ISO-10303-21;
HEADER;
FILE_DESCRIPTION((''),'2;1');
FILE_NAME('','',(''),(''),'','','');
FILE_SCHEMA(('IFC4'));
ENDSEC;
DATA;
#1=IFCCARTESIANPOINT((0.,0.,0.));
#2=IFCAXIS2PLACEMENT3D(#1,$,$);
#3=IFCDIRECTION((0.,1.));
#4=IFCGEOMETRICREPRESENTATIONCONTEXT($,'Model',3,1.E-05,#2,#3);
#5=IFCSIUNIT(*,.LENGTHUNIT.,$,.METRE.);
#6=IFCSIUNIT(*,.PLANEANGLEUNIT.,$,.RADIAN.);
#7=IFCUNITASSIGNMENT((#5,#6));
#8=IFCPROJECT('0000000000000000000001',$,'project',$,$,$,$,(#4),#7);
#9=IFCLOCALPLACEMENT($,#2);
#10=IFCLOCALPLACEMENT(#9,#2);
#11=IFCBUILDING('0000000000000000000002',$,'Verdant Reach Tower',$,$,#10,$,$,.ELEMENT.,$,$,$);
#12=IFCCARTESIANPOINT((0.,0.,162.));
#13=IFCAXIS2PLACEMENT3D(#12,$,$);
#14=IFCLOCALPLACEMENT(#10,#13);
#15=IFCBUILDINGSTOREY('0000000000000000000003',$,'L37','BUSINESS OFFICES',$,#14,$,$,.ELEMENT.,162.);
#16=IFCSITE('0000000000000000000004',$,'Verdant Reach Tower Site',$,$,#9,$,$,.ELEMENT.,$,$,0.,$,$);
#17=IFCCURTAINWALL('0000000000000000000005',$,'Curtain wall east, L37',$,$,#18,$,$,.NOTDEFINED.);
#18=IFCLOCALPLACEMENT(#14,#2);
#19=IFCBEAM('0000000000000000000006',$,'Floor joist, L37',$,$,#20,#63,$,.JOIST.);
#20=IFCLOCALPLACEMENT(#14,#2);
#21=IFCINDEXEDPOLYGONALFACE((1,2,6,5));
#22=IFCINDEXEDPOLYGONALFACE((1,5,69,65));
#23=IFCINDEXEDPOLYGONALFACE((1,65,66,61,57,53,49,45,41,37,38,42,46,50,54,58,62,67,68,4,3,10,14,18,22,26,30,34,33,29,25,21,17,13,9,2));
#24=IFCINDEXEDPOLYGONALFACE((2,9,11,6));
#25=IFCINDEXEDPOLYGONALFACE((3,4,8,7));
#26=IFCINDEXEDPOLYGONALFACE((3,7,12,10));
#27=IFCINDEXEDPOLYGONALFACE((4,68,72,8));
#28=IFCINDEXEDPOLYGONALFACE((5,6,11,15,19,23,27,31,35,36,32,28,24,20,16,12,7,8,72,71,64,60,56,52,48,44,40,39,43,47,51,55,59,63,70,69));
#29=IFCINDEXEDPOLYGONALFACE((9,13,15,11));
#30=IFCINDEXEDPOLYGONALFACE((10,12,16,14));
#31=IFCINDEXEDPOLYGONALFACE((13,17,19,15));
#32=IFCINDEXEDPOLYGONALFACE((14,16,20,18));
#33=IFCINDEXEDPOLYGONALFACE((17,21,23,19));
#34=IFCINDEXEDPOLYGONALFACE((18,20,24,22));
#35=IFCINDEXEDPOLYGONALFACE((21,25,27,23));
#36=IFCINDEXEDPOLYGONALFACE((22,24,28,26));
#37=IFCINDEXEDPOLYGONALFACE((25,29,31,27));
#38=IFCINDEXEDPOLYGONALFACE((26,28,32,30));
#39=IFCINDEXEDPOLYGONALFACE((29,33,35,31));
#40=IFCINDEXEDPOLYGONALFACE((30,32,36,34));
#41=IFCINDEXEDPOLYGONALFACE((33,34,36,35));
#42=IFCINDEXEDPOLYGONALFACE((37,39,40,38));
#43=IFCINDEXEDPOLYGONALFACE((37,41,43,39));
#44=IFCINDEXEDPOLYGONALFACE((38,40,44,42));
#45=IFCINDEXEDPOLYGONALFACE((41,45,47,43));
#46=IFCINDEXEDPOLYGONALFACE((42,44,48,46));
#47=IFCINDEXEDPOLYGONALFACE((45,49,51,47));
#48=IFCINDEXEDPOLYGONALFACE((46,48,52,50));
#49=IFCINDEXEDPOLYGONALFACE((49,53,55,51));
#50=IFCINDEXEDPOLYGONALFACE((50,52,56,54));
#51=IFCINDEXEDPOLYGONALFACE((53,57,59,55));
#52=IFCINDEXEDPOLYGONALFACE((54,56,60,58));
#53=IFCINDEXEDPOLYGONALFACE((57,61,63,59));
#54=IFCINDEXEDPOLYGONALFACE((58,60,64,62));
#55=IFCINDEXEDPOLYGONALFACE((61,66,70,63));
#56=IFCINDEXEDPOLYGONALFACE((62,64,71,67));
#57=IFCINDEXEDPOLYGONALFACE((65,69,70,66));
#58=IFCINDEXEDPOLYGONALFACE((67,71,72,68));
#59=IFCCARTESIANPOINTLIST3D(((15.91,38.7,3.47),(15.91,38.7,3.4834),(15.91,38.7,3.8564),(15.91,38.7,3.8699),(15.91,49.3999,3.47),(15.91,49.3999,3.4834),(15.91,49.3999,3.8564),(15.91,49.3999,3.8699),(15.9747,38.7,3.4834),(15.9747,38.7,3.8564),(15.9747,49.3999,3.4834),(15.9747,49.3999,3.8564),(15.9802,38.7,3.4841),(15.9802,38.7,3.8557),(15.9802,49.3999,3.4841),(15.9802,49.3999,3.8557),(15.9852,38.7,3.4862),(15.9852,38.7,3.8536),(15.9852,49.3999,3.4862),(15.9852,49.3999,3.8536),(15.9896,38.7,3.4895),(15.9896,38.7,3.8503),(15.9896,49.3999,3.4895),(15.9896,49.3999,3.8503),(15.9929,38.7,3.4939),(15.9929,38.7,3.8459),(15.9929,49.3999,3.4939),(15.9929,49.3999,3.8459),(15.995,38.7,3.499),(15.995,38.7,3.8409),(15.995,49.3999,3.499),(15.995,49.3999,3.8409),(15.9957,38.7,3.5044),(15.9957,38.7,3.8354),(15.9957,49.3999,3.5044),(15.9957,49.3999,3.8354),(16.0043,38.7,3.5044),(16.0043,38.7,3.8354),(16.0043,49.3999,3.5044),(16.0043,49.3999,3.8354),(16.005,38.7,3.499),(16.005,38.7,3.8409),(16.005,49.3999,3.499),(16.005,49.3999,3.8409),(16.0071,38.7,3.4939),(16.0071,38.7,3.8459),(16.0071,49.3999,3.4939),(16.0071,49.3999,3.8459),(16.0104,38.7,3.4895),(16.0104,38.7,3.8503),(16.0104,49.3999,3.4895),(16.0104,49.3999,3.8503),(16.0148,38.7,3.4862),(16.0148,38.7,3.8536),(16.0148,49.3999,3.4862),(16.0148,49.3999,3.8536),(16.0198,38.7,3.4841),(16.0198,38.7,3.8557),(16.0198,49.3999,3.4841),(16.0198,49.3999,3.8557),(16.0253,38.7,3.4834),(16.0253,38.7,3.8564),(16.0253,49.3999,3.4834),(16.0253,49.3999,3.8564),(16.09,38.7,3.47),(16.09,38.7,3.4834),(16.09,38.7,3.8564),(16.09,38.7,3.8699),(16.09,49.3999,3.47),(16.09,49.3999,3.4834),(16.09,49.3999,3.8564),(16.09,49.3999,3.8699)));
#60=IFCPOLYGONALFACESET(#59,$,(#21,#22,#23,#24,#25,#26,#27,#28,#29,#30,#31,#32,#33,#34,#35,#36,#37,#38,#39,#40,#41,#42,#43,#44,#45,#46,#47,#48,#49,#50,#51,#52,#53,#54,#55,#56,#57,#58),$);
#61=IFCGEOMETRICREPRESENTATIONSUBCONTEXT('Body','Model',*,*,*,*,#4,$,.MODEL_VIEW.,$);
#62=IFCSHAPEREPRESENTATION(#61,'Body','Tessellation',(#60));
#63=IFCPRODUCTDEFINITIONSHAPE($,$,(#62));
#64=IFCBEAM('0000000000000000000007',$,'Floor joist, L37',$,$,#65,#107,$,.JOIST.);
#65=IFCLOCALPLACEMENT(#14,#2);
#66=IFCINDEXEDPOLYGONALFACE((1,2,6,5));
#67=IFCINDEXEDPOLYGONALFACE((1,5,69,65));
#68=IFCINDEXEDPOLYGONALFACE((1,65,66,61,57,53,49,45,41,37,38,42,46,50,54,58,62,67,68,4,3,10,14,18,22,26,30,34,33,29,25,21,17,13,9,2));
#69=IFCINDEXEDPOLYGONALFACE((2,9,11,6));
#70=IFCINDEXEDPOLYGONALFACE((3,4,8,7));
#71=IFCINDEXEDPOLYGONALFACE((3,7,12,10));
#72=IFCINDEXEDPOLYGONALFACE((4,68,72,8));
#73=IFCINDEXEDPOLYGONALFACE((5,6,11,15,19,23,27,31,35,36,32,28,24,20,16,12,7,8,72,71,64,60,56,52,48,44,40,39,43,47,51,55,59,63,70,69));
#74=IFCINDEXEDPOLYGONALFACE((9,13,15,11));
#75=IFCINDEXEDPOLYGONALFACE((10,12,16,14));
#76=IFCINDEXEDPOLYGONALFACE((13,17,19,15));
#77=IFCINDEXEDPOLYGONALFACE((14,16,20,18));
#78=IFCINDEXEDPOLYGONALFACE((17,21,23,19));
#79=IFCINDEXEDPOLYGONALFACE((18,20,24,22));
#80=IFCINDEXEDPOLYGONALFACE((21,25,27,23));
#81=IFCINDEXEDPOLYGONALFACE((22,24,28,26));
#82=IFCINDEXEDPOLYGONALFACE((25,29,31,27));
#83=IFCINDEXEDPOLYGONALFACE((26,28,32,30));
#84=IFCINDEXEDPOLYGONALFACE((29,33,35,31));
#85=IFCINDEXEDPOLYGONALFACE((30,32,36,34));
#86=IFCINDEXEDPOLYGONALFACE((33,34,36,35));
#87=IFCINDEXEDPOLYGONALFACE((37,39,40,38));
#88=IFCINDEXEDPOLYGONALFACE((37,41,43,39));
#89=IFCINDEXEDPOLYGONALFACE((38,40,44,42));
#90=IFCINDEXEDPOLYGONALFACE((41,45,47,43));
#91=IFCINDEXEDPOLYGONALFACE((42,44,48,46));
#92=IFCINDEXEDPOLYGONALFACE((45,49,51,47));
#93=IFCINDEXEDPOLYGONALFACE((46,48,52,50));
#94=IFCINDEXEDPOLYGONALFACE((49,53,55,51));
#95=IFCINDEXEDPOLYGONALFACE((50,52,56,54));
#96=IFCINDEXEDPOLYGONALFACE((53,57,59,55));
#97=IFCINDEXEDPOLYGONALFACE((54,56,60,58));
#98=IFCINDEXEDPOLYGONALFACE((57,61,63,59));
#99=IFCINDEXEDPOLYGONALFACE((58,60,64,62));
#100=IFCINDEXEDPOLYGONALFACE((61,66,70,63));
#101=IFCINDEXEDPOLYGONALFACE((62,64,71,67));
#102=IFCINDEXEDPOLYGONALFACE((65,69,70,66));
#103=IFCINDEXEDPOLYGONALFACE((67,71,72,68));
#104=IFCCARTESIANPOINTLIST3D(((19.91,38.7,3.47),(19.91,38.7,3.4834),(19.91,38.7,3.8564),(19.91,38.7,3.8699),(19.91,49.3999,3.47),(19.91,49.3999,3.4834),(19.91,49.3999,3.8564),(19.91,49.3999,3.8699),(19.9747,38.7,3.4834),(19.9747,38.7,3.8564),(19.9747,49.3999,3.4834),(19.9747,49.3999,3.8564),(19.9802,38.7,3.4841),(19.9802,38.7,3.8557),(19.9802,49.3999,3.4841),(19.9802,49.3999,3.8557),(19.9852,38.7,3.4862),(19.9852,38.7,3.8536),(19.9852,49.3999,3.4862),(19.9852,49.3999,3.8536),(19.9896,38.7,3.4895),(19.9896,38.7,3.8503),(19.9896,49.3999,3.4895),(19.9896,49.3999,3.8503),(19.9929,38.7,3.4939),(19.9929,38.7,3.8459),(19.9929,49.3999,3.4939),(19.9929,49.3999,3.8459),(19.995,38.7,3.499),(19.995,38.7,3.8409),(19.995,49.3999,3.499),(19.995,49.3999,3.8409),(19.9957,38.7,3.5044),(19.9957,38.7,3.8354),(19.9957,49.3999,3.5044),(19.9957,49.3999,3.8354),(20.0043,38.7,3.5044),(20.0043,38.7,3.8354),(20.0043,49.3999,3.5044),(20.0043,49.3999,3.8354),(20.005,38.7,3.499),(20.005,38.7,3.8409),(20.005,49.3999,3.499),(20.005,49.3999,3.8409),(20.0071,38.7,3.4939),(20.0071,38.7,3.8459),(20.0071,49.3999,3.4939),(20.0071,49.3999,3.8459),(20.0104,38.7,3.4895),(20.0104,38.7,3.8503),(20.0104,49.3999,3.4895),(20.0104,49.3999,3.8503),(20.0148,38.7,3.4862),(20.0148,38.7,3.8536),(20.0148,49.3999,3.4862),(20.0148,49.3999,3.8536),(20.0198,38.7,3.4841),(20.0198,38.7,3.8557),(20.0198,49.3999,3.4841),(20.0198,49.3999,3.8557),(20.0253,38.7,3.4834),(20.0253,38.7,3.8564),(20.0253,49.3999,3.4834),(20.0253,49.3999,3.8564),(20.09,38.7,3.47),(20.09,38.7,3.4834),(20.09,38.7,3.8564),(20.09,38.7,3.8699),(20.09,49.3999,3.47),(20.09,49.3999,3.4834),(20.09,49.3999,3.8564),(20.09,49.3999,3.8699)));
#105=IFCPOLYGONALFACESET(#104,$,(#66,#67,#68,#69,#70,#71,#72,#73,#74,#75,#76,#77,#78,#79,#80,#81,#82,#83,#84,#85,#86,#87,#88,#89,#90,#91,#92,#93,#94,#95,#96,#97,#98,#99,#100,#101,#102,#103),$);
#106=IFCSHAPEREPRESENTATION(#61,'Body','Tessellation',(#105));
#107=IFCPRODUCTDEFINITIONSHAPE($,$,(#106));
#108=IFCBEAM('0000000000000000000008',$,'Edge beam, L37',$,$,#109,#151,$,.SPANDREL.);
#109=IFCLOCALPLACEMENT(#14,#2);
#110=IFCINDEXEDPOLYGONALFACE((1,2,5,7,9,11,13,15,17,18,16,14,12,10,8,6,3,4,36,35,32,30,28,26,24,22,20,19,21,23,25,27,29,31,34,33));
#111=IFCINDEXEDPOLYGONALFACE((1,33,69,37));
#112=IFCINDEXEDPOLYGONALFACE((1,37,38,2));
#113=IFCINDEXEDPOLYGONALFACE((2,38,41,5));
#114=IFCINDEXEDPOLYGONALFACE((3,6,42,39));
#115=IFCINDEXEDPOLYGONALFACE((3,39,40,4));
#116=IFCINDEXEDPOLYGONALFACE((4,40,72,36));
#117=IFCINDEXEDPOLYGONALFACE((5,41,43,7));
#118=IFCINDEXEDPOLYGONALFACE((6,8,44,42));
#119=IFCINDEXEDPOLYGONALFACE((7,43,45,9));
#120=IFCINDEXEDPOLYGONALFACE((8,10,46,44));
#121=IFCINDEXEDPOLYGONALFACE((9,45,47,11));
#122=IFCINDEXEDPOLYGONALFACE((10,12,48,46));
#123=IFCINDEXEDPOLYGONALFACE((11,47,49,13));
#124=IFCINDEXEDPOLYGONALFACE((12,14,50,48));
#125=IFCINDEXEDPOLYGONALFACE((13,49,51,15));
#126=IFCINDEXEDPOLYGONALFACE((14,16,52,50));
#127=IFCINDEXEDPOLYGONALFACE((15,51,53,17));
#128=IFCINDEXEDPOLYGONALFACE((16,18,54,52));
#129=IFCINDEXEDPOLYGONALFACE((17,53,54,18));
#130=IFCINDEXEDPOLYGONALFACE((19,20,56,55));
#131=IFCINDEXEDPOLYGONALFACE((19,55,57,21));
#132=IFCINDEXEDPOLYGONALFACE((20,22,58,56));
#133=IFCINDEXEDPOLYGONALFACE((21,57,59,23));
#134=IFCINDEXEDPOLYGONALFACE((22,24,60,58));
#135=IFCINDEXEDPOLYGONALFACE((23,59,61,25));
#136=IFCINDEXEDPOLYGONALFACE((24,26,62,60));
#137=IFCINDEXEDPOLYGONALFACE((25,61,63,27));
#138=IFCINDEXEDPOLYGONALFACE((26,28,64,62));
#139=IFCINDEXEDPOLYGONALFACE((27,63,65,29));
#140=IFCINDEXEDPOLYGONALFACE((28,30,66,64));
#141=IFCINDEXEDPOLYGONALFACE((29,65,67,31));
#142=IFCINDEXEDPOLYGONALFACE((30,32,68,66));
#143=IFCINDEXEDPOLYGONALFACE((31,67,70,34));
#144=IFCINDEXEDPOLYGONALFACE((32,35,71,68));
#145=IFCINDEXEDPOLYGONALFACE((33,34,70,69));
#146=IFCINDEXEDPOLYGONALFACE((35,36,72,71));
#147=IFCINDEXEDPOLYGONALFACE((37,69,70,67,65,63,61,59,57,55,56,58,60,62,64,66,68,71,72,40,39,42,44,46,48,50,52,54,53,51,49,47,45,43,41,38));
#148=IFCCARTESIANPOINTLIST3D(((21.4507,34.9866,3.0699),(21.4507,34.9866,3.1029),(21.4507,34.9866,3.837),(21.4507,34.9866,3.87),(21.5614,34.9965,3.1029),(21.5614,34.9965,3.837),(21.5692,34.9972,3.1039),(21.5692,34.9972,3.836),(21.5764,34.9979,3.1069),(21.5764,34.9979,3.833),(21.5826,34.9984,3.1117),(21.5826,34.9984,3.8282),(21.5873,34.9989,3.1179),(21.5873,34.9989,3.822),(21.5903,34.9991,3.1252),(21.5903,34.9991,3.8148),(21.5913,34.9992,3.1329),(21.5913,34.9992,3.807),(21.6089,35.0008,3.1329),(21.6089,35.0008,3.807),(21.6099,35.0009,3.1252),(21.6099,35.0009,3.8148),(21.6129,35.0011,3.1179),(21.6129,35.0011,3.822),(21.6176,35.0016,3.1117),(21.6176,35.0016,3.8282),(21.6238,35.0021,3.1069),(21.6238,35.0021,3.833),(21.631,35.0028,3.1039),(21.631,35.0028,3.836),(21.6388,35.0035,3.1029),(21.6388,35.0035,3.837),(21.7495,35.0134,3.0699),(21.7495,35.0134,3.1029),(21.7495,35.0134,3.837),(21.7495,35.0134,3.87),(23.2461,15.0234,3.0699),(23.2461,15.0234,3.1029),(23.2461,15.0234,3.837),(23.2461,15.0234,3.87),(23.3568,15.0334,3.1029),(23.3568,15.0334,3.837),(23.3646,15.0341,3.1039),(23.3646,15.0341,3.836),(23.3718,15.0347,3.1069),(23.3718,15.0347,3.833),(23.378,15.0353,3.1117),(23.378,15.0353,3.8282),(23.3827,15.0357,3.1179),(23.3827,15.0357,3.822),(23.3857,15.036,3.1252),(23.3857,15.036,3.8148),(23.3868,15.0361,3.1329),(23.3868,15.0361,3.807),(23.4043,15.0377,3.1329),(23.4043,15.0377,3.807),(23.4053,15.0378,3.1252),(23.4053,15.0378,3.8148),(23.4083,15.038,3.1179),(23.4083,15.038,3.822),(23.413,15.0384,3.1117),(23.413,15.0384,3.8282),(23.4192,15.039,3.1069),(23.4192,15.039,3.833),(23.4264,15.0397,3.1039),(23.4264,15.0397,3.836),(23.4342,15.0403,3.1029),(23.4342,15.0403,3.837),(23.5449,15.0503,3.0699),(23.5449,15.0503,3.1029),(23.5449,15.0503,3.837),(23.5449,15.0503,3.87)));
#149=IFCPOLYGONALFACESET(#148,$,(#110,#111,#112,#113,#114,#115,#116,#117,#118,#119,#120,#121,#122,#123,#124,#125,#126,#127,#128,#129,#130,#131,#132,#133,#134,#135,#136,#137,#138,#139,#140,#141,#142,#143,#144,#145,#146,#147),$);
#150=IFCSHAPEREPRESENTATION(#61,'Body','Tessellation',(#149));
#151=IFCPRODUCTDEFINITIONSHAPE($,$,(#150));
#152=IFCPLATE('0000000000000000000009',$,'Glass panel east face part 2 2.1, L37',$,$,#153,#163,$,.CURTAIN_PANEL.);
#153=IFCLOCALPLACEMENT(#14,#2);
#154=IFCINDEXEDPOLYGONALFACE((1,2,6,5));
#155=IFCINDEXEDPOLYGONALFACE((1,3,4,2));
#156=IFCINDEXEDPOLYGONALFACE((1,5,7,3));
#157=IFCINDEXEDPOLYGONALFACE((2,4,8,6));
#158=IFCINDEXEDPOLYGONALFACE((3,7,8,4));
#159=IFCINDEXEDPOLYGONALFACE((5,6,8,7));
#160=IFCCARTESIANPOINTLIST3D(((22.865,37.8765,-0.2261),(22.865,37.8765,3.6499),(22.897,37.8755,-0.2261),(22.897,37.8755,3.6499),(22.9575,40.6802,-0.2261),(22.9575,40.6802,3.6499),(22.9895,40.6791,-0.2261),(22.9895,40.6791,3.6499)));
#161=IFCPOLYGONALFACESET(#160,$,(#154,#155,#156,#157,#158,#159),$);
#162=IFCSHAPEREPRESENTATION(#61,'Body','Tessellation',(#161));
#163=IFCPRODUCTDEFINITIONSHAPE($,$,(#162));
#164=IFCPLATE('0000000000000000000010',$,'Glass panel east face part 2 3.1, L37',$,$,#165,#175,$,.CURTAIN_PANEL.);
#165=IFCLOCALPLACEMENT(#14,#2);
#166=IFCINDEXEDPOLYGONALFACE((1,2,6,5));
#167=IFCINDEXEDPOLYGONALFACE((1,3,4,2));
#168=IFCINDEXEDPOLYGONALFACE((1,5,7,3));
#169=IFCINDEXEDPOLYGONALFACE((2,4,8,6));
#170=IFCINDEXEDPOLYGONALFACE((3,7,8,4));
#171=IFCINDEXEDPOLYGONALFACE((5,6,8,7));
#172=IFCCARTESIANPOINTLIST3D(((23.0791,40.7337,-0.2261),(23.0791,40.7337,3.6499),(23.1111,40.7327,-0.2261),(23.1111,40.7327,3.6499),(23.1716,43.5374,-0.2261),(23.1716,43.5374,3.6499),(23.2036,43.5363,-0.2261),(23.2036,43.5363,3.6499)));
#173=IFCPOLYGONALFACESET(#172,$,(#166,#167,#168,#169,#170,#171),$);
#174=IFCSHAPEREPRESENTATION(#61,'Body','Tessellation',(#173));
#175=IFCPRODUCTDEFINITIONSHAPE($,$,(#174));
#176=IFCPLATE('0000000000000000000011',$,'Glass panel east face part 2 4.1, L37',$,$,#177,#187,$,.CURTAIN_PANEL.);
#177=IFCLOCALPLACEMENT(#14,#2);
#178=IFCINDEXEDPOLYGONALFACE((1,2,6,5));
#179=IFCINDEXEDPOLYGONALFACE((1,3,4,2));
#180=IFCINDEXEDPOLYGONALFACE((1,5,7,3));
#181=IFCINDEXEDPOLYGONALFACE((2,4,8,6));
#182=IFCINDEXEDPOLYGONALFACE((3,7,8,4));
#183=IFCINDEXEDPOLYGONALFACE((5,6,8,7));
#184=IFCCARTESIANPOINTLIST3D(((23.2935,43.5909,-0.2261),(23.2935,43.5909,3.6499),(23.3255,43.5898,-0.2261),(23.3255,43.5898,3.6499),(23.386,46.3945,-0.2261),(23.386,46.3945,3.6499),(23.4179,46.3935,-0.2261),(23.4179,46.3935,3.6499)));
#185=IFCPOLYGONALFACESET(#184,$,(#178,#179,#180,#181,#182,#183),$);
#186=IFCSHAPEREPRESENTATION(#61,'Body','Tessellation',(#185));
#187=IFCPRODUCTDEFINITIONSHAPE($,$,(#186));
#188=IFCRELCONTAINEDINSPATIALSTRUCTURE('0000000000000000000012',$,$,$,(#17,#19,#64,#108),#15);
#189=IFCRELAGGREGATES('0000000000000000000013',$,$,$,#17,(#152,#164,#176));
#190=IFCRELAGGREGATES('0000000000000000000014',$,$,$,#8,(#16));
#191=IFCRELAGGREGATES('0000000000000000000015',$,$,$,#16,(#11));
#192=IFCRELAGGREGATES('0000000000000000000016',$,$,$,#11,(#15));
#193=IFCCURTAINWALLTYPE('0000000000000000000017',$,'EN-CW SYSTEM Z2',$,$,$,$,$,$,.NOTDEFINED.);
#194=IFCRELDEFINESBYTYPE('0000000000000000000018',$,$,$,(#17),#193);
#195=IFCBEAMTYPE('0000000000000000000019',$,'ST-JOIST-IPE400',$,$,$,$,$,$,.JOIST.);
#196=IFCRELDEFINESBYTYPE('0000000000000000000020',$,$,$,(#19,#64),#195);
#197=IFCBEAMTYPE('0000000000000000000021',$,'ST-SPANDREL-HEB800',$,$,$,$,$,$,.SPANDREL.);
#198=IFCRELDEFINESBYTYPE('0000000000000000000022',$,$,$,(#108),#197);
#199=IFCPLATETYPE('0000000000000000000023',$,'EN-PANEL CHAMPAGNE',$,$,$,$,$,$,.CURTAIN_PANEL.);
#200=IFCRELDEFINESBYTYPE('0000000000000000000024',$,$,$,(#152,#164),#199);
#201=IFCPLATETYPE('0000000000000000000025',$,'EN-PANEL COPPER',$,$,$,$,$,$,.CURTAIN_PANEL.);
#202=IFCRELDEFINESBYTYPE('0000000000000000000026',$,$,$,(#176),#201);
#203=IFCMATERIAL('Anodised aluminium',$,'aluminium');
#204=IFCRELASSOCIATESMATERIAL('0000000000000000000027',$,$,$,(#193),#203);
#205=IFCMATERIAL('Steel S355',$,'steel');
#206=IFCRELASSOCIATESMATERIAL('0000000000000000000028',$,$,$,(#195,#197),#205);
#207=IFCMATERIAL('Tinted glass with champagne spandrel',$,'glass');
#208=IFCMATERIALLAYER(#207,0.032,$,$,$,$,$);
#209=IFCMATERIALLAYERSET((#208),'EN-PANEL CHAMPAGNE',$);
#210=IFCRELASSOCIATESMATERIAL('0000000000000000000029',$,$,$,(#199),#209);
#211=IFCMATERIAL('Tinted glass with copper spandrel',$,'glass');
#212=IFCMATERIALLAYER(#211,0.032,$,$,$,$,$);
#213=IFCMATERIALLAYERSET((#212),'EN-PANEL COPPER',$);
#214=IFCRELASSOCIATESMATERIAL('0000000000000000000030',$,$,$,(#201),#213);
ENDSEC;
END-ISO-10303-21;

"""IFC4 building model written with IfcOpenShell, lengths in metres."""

from ifc_helpers import new_model, si_unit, direction, frame, origin, origin_2d, place, context, subcontext, project, spatial, rectangle, i_section, extrude, material, layer, layer_set, material_profile, profile_set, type_object, element, aggregate, save


model = new_model("IFC4")

# Units and contexts
model_context = context("Model", 3, precision=1e-05, world=origin(), true_north=direction((0.0, 1.0)))
body_context = subcontext(model_context, "Body", "Model", "MODEL_VIEW")
ifc_project = project(units=[si_unit("LENGTHUNIT", "METRE"), si_unit("PLANEANGLEUNIT", "RADIAN")], contexts=[model_context])

# Site, building, storey
site_placement = place(None, origin())
site = spatial("IfcSite", under=ifc_project, at=site_placement, Name="Verdant Reach Tower Site", CompositionType="ELEMENT", RefElevation=0.0)
building_placement = place(site_placement, origin())
building = spatial("IfcBuilding", under=site, at=building_placement, Name="Verdant Reach Tower", CompositionType="ELEMENT")
storey_placement = place(building_placement, frame((0.0, 0.0, 162.0)))
storey = spatial("IfcBuildingStorey", under=building, at=storey_placement, Name="L37", Description="BUSINESS OFFICES", CompositionType="ELEMENT", Elevation=162.0)

# Curtain wall
ifc_material_1 = material(Name="Anodised aluminium", Category="aluminium")
curtain_wall_type = type_object("IfcCurtainWallType", Name="EN-CW SYSTEM Z2", PredefinedType="NOTDEFINED", material=ifc_material_1)
curtain_wall_placement = place(storey_placement, origin())
curtain_wall = element("IfcCurtainWall", 1, at=curtain_wall_placement, inside=storey, type_object=curtain_wall_type, Name="Curtain wall east, L37", PredefinedType="NOTDEFINED")

# Beams
ifc_material_2 = material(Name="Steel S355", Category="steel")
ifc_material_profile_1 = material_profile(ifc_material_2, i_section(OverallWidth=0.1799, OverallDepth=0.3999, WebThickness=0.0085, FlangeThickness=0.0134, FilletRadius=0.021, at=origin_2d()), Name="IPE 400")
ifc_profile_set_1 = profile_set([ifc_material_profile_1], Name="Steel S355")
beam_type_1 = type_object("IfcBeamType", Name="ST-JOIST-IPE400", PredefinedType="JOIST", material=ifc_profile_set_1)
for number, where, z_axis, x_axis, name in (
    (2, (16.0, 38.7, 3.6699), (0.0, 1.0, 0.0), (-1.0, 0.0, 0.0), "Floor joist, L37"),
    (3, (20.0, 38.7, 3.6699), (0.0, 1.0, 0.0), (-1.0, 0.0, 0.0), "Floor joist, L37"),
):
    element("IfcBeam", number, at=place(storey_placement, frame(where, z_axis=z_axis, x_axis=x_axis)), inside=storey, type_object=beam_type_1, Name=name, PredefinedType="JOIST", context=body_context, shape_type="SweptSolid", body=[
        extrude(i_section(OverallWidth=0.1799, OverallDepth=0.3999, WebThickness=0.0085, FlangeThickness=0.0134, FilletRadius=0.021, at=origin_2d()), origin(), (0.0, 0.0, 1.0), 10.7),
    ])
ifc_material_profile_2 = material_profile(ifc_material_2, i_section(OverallWidth=0.3, OverallDepth=0.8, WebThickness=0.0176, FlangeThickness=0.033, FilletRadius=0.03, at=origin_2d()), Name="HEB 800")
ifc_profile_set_2 = profile_set([ifc_material_profile_2], Name="Steel S355")
beam_type_2 = type_object("IfcBeamType", Name="ST-SPANDREL-HEB800", PredefinedType="SPANDREL", material=ifc_profile_set_2)
beam_1_placement = place(storey_placement, frame((21.6001, 35.0, 3.47), z_axis=(0.089575, -0.99598, 0.0), x_axis=(0.99598, 0.089575, 0.0)))
element("IfcBeam", 4, at=beam_1_placement, inside=storey, type_object=beam_type_2, Name="Edge beam, L37", PredefinedType="SPANDREL", context=body_context, shape_type="SweptSolid", body=[
    extrude(i_section(OverallWidth=0.3, OverallDepth=0.8, WebThickness=0.0176, FlangeThickness=0.033, FilletRadius=0.03, at=origin_2d()), origin(), (0.0, 0.0, 1.0), 20.0437),
])

# Plates
ifc_material_3 = material(Name="Tinted glass with champagne spandrel", Category="glass")
ifc_layer_1 = layer(ifc_material_3, 0.032)
ifc_layer_set_1 = layer_set([ifc_layer_1], Name="EN-PANEL CHAMPAGNE")
plate_type_1 = type_object("IfcPlateType", Name="EN-PANEL CHAMPAGNE", PredefinedType="CURTAIN_PANEL", material=ifc_layer_set_1)
plate_1_placement = place(storey_placement, frame((22.9272, 39.2778, -0.2261), z_axis=(0.0, 0.0, 1.0), x_axis=(0.032966, 0.999456, 0.0)))
plate_1 = element("IfcPlate", 5, at=plate_1_placement, type_object=plate_type_1, Name="Glass panel east face part 2 2.1, L37", PredefinedType="CURTAIN_PANEL", context=body_context, shape_type="SweptSolid", body=[
    extrude(rectangle(XDim=2.8052, YDim=0.032, at=origin_2d()), origin(), (0.0, 0.0, 1.0), 3.876),
])
plate_2_placement = place(storey_placement, frame((23.1414, 42.135, -0.2261), z_axis=(0.0, 0.0, 1.0), x_axis=(0.032966, 0.999456, 0.0)))
plate_2 = element("IfcPlate", 6, at=plate_2_placement, type_object=plate_type_1, Name="Glass panel east face part 2 3.1, L37", PredefinedType="CURTAIN_PANEL", context=body_context, shape_type="SweptSolid", body=[
    extrude(rectangle(XDim=2.8052, YDim=0.032, at=origin_2d()), origin(), (0.0, 0.0, 1.0), 3.876),
])
ifc_material_4 = material(Name="Tinted glass with copper spandrel", Category="glass")
ifc_layer_2 = layer(ifc_material_4, 0.032)
ifc_layer_set_2 = layer_set([ifc_layer_2], Name="EN-PANEL COPPER")
plate_type_2 = type_object("IfcPlateType", Name="EN-PANEL COPPER", PredefinedType="CURTAIN_PANEL", material=ifc_layer_set_2)
plate_3_placement = place(storey_placement, frame((23.3557, 44.9922, -0.2261), z_axis=(0.0, 0.0, 1.0), x_axis=(0.032966, 0.999456, 0.0)))
plate_3 = element("IfcPlate", 7, at=plate_3_placement, type_object=plate_type_2, Name="Glass panel east face part 2 4.1, L37", PredefinedType="CURTAIN_PANEL", context=body_context, shape_type="SweptSolid", body=[
    extrude(rectangle(XDim=2.8052, YDim=0.032, at=origin_2d()), origin(), (0.0, 0.0, 1.0), 3.876),
])
aggregate(curtain_wall, [plate_1, plate_2, plate_3])

save(model, "model.ifc")
